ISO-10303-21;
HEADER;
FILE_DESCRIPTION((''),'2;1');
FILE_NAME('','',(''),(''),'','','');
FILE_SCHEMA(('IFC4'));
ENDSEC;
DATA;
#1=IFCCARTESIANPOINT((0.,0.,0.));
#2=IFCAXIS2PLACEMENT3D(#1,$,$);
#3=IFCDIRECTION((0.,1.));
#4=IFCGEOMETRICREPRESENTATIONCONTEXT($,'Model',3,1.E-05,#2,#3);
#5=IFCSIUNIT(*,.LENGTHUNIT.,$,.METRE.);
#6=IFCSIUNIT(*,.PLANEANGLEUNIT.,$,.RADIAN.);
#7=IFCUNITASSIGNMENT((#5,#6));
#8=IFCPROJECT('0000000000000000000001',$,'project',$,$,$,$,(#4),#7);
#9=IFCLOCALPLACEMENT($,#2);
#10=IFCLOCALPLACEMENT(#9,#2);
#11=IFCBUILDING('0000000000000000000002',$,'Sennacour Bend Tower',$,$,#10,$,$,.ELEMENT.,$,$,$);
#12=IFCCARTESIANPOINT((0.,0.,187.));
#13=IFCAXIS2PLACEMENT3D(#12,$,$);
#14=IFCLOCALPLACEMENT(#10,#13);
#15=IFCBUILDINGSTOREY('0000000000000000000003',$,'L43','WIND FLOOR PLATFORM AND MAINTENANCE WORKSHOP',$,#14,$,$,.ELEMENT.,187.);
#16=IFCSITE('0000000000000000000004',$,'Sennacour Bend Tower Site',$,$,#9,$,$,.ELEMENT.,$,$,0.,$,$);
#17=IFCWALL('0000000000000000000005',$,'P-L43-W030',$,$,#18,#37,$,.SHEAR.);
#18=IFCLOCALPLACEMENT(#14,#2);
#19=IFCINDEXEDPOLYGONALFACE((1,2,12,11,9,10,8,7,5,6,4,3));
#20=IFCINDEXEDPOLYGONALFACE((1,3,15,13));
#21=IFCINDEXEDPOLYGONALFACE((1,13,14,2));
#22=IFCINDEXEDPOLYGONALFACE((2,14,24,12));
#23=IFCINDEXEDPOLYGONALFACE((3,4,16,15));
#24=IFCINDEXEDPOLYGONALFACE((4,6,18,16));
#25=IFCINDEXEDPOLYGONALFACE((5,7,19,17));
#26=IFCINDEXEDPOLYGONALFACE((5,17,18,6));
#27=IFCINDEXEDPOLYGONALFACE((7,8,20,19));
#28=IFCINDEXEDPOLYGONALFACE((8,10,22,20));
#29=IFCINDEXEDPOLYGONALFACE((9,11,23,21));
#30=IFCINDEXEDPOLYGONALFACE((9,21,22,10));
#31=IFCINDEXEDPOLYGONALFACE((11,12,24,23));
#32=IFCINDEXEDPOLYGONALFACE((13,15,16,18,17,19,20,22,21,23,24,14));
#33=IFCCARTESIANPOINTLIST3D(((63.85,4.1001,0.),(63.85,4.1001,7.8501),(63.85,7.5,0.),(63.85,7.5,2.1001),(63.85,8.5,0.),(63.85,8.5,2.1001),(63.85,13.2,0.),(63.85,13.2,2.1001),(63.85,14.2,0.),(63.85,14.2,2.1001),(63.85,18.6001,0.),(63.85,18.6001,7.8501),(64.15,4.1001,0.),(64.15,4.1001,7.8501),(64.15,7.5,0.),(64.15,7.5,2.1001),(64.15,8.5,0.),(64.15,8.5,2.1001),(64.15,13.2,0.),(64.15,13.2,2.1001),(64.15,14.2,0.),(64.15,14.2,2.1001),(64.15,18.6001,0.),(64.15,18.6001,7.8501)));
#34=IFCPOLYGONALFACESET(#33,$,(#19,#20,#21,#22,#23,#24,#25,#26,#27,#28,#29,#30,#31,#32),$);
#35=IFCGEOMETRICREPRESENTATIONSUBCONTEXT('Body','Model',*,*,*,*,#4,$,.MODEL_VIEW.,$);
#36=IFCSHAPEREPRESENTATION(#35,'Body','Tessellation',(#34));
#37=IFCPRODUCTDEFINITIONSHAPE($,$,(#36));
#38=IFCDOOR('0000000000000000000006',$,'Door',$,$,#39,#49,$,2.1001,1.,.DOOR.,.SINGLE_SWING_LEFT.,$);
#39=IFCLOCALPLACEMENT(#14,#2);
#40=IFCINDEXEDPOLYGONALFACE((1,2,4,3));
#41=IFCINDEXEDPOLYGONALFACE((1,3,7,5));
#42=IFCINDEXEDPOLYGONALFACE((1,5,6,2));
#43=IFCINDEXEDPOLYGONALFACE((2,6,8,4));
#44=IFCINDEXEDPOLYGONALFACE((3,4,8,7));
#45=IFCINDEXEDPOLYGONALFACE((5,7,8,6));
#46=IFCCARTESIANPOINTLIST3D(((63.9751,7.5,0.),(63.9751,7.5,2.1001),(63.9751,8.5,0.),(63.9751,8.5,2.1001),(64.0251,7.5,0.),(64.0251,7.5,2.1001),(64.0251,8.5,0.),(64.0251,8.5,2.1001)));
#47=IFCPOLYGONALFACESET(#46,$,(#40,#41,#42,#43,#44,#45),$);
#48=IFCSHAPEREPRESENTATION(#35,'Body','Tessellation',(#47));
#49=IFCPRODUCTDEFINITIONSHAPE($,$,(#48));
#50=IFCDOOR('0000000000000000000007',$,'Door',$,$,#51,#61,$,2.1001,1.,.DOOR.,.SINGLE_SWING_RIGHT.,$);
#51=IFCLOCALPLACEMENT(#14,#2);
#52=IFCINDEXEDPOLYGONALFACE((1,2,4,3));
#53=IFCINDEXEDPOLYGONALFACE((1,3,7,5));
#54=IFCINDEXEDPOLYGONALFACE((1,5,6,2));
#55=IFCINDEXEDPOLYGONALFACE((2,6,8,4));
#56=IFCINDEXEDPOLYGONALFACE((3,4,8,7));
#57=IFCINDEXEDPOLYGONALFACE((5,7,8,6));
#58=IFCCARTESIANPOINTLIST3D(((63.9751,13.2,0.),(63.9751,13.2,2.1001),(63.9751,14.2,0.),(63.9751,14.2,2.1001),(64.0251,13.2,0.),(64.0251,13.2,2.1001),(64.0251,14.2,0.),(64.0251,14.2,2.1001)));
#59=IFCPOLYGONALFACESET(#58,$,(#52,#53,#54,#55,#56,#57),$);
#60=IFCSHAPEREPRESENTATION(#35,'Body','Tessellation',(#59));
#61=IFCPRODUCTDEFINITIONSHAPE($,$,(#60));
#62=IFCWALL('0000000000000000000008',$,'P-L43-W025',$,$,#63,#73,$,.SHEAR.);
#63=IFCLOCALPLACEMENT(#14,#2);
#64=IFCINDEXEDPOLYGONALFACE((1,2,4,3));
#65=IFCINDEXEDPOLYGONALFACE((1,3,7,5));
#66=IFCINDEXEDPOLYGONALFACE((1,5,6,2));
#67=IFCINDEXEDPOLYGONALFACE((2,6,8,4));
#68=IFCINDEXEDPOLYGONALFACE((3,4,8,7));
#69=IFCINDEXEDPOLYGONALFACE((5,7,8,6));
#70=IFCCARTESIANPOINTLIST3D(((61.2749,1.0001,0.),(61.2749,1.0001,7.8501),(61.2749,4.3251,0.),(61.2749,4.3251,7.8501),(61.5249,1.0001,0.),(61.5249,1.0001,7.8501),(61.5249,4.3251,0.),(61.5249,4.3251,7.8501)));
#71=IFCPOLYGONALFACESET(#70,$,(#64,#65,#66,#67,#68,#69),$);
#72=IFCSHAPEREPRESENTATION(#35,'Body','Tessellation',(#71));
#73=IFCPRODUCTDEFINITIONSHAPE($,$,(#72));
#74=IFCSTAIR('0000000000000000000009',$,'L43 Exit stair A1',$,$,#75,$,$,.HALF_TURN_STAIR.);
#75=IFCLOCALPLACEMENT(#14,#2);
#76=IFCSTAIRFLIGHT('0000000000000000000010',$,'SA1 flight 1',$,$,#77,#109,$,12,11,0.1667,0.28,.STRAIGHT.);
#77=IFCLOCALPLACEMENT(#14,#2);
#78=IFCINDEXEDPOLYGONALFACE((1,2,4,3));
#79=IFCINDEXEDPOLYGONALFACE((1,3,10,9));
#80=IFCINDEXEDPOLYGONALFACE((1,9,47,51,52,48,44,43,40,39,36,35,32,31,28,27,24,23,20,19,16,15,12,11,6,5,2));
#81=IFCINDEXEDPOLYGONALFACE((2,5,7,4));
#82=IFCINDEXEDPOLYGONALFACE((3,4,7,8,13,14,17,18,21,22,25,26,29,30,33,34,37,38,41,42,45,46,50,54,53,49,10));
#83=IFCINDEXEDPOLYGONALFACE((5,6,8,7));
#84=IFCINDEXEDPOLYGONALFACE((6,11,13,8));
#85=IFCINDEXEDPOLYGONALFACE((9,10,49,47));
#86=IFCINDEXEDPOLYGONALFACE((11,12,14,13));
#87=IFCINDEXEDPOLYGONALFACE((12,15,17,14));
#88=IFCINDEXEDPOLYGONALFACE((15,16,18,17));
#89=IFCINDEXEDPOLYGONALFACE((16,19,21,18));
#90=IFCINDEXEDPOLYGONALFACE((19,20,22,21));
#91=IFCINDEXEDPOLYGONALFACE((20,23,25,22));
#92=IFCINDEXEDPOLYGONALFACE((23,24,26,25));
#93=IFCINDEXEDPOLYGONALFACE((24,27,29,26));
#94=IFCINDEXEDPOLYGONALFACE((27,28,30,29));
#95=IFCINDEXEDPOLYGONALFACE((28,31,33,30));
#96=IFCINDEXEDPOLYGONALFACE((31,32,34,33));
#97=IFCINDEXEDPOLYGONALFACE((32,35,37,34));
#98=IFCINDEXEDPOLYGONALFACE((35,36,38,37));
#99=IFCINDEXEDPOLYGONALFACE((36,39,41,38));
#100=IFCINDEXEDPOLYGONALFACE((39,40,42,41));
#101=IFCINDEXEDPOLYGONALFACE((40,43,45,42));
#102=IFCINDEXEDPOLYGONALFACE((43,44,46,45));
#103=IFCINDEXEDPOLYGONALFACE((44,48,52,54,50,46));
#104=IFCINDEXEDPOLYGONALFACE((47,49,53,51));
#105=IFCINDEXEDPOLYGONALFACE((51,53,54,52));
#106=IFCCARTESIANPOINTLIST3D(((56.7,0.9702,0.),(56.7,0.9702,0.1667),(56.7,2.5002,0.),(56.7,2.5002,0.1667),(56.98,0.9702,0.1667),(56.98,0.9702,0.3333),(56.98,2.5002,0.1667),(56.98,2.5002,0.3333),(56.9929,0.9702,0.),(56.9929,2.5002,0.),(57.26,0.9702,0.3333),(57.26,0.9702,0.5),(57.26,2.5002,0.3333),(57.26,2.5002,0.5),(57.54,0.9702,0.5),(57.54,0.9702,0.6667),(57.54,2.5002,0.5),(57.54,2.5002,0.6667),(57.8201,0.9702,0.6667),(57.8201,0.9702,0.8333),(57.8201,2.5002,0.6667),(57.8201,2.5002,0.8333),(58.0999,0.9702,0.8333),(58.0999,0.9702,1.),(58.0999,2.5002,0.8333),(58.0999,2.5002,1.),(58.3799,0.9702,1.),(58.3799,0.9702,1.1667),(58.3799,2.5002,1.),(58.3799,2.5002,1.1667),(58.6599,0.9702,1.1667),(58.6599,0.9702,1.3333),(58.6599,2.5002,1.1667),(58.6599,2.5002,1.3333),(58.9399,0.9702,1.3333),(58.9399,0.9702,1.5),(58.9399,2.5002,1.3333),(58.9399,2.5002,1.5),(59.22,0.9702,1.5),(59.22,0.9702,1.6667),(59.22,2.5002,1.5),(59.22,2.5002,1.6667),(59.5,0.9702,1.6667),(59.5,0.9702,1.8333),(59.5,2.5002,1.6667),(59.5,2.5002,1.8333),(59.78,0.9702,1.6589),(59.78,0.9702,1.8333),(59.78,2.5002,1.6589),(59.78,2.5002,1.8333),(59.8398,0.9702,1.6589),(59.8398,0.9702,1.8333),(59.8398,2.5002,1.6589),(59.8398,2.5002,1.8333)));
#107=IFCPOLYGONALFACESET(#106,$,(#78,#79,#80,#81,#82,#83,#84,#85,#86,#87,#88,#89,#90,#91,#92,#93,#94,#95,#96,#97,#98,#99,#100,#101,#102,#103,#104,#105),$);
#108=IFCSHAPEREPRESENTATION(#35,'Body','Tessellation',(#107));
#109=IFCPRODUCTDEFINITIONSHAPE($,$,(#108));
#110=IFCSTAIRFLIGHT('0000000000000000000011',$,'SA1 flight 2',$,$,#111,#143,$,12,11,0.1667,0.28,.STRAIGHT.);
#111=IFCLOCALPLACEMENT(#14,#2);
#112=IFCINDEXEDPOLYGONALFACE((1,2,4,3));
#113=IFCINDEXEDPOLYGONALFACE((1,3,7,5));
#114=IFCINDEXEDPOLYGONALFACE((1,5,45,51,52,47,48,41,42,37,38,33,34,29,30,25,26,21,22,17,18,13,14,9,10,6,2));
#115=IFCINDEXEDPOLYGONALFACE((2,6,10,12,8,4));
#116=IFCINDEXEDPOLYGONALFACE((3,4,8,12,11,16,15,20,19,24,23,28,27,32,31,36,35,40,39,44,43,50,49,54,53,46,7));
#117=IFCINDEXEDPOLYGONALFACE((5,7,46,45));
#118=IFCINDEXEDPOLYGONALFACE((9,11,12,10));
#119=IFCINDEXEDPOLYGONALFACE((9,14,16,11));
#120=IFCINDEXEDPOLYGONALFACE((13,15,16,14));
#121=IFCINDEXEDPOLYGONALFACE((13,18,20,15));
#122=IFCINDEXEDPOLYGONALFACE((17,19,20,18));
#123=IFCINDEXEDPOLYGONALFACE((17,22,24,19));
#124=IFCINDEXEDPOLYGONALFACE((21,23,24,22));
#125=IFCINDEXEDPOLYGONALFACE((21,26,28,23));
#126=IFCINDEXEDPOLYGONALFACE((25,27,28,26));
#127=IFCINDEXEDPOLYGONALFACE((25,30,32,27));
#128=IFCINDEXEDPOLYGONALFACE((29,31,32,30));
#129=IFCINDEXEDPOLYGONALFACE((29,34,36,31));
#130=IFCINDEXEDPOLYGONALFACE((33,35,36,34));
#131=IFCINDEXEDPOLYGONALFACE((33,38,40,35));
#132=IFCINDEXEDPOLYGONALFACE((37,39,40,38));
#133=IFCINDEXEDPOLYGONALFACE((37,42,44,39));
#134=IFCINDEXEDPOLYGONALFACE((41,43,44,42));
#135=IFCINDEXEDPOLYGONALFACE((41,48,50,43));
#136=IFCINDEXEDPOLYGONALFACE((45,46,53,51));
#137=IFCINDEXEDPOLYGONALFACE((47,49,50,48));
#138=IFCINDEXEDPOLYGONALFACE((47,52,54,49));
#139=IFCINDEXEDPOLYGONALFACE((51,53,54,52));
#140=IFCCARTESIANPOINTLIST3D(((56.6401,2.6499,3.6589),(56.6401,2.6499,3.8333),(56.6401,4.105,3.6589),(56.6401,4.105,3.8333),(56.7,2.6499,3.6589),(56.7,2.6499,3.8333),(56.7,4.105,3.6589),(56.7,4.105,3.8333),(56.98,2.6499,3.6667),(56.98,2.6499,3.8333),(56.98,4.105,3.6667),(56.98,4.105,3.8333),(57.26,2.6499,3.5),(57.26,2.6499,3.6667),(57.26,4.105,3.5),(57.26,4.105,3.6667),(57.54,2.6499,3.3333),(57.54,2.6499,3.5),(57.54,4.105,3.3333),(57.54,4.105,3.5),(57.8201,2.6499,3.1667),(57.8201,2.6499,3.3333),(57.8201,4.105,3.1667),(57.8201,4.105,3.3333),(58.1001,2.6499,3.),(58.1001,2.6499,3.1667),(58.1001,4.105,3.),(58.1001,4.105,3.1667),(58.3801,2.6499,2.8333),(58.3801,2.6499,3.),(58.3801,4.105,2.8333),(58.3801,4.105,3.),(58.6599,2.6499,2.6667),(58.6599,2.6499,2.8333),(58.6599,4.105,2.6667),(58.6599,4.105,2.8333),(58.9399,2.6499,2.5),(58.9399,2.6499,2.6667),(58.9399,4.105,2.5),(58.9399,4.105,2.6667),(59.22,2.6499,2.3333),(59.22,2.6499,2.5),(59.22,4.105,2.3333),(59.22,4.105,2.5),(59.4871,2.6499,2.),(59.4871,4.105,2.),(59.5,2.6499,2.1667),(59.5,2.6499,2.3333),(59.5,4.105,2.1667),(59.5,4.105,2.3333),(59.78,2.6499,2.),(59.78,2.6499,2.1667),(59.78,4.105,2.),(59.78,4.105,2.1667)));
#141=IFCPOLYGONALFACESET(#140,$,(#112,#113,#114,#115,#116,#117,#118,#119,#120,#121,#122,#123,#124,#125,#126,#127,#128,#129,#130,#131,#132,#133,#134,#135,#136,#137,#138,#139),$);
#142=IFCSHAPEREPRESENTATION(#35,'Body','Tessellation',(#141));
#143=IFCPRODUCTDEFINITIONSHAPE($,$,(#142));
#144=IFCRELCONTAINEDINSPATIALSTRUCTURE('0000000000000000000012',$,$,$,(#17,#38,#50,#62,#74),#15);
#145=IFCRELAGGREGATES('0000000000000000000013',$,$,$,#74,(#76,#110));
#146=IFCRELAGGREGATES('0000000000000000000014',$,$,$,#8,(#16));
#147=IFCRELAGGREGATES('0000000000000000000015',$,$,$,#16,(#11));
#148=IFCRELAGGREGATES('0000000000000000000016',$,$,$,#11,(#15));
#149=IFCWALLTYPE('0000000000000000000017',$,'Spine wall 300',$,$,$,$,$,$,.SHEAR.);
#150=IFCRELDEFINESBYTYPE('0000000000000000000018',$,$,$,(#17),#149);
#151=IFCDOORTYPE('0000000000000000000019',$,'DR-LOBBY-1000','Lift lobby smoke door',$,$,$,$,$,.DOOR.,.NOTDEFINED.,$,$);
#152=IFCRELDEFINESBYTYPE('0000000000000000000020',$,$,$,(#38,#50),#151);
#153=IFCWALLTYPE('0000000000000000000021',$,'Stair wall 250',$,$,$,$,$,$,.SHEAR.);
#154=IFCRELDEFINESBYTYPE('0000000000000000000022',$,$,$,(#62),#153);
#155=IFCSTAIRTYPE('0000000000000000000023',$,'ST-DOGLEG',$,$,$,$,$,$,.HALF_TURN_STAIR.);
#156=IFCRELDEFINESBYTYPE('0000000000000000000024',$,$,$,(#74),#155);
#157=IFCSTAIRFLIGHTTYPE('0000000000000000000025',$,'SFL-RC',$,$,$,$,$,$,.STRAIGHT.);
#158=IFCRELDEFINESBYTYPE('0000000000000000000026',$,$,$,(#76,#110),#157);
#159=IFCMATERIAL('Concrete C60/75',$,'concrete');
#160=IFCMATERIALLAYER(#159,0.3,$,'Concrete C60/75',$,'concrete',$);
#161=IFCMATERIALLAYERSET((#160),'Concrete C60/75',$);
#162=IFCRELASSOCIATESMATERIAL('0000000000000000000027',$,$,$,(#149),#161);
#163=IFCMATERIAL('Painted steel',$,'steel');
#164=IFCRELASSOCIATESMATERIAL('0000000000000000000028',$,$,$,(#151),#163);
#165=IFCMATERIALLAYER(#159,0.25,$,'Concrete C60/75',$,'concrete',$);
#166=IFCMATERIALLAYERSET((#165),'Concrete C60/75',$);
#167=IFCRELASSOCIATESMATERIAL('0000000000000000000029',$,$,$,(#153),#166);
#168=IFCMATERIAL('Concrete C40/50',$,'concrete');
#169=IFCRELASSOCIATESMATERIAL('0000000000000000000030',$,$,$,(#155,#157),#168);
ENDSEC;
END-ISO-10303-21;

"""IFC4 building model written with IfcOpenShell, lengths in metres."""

from ifc_helpers import new_model, si_unit, direction, frame, frame_2d, origin, place, context, subcontext, project, spatial, polyline, rectangle, outline, extrude, material, layer, layer_set, type_object, element, fill, aggregate, save


model = new_model("IFC4")

# Units and contexts
model_context = context("Model", 3, precision=1e-05, world=origin(), true_north=direction((0.0, 1.0)))
body_context = subcontext(model_context, "Body", "Model", "MODEL_VIEW")
ifc_project = project(units=[si_unit("LENGTHUNIT", "METRE"), si_unit("PLANEANGLEUNIT", "RADIAN")], contexts=[model_context])

# Site, building, storey
site_placement = place(None, origin())
site = spatial("IfcSite", under=ifc_project, at=site_placement, Name="Sennacour Bend Tower Site", CompositionType="ELEMENT", RefElevation=0.0)
building_placement = place(site_placement, origin())
building = spatial("IfcBuilding", under=site, at=building_placement, Name="Sennacour Bend Tower", CompositionType="ELEMENT")
storey_placement = place(building_placement, frame((0.0, 0.0, 187.0)))
storey = spatial("IfcBuildingStorey", under=building, at=storey_placement, Name="L43", Description="WIND FLOOR PLATFORM AND MAINTENANCE WORKSHOP", CompositionType="ELEMENT", Elevation=187.0)

# Shared definitions
ifc_material_1 = material(Name="Concrete C60/75", Category="concrete")

# Shared definitions
ifc_material_2 = material(Name="Painted steel", Category="steel")

# Wall, openings, doors
ifc_layer_1 = layer(ifc_material_1, 0.3, Name="Concrete C60/75", Category="concrete")
ifc_layer_set_1 = layer_set([ifc_layer_1], Name="Concrete C60/75")
wall_type_1 = type_object("IfcWallType", Name="Spine wall 300", PredefinedType="SHEAR", material=ifc_layer_set_1)
wall_1_placement = place(storey_placement, frame((64.0, 4.1001, 0.0), z_axis=(0.0, 0.0, 1.0), x_axis=(0.0, 1.0, 0.0)))
wall_1 = element("IfcWall", 1, at=wall_1_placement, inside=storey, type_object=wall_type_1, Name="P-L43-W030", PredefinedType="SHEAR", context=body_context, shape_type="SweptSolid", body=[
    extrude(rectangle(XDim=14.5, YDim=0.3, at=frame_2d((7.25, 0.0))), origin(), (0.0, 0.0, 1.0), 7.8501),
])
opening_1_placement = place(wall_1_placement, frame((3.3999, 0.0, 0.0)))
opening_1 = element("IfcOpeningElement", 2, at=opening_1_placement, cuts=wall_1, PredefinedType="OPENING", context=body_context, shape_type="SweptSolid", body=[
    extrude(rectangle(XDim=1.0, YDim=2.1001, at=frame_2d((0.5, 1.05))), frame((0.0, 0.1602, 0.0), z_axis=(0.0, -1.0, 0.0), x_axis=(1.0, 0.0, 0.0)), (0.0, 0.0, 1.0), 0.3201),
])
opening_2_placement = place(wall_1_placement, frame((9.0999, 0.0, 0.0)))
opening_2 = element("IfcOpeningElement", 3, at=opening_2_placement, cuts=wall_1, PredefinedType="OPENING", context=body_context, shape_type="SweptSolid", body=[
    extrude(rectangle(XDim=1.0, YDim=2.1001, at=frame_2d((0.5, 1.05))), frame((0.0, 0.1602, 0.0), z_axis=(0.0, -1.0, 0.0), x_axis=(1.0, 0.0, 0.0)), (0.0, 0.0, 1.0), 0.3201),
])
door_type_1 = type_object("IfcDoorType", Name="DR-LOBBY-1000", Description="Lift lobby smoke door", OperationType="NOTDEFINED", PredefinedType="DOOR", material=ifc_material_2)
door_1_placement = place(opening_1_placement, origin())
door_1 = element("IfcDoor", 4, at=door_1_placement, inside=storey, type_object=door_type_1, Name="Door", OperationType="SINGLE_SWING_LEFT", OverallHeight=2.1001, OverallWidth=1.0, PredefinedType="DOOR", context=body_context, shape_type="SweptSolid", body=[
    extrude(rectangle(XDim=1.0, YDim=2.1001, at=frame_2d((0.5, 1.05))), frame((0.0, 0.0249, 0.0), z_axis=(0.0, -1.0, 0.0), x_axis=(1.0, 0.0, 0.0)), (0.0, 0.0, 1.0), 0.05),
])
fill(opening_1, door_1)
door_2_placement = place(opening_2_placement, origin())
door_2 = element("IfcDoor", 5, at=door_2_placement, inside=storey, type_object=door_type_1, Name="Door", OperationType="SINGLE_SWING_RIGHT", OverallHeight=2.1001, OverallWidth=1.0, PredefinedType="DOOR", context=body_context, shape_type="SweptSolid", body=[
    extrude(rectangle(XDim=1.0, YDim=2.1001, at=frame_2d((0.5, 1.05))), frame((0.0, 0.0249, 0.0), z_axis=(0.0, -1.0, 0.0), x_axis=(1.0, 0.0, 0.0)), (0.0, 0.0, 1.0), 0.05),
])
fill(opening_2, door_2)

# Wall
ifc_layer_2 = layer(ifc_material_1, 0.25, Name="Concrete C60/75", Category="concrete")
ifc_layer_set_2 = layer_set([ifc_layer_2], Name="Concrete C60/75")
wall_type_2 = type_object("IfcWallType", Name="Stair wall 250", PredefinedType="SHEAR", material=ifc_layer_set_2)
wall_2_placement = place(storey_placement, frame((61.3999, 1.0, 0.0), z_axis=(0.0, 0.0, 1.0), x_axis=(0.0, 1.0, 0.0)))
element("IfcWall", 6, at=wall_2_placement, inside=storey, type_object=wall_type_2, Name="P-L43-W025", PredefinedType="SHEAR", context=body_context, shape_type="SweptSolid", body=[
    extrude(rectangle(XDim=3.325, YDim=0.25, at=frame_2d((1.6626, 0.0))), origin(), (0.0, 0.0, 1.0), 7.8501),
])

# Stair, stair flights
ifc_material_3 = material(Name="Concrete C40/50", Category="concrete")
stair_type = type_object("IfcStairType", Name="ST-DOGLEG", PredefinedType="HALF_TURN_STAIR", material=ifc_material_3)
stair_placement = place(storey_placement, origin())
stair = element("IfcStair", 7, at=stair_placement, inside=storey, type_object=stair_type, Name="L43 Exit stair A1", PredefinedType="HALF_TURN_STAIR")
stair_flight_type = type_object("IfcStairFlightType", Name="SFL-RC", PredefinedType="STRAIGHT", material=ifc_material_3)
stair_flight_1_placement = place(storey_placement, frame((56.7, 1.7351, 0.0), z_axis=(0.0, 0.0, 1.0), x_axis=(1.0, 0.0, 0.0)))
stair_flight_1 = element("IfcStairFlight", 8, at=stair_flight_1_placement, type_object=stair_flight_type, Name="SA1 flight 1", NumberOfRisers=12, NumberOfTreads=11, PredefinedType="STRAIGHT", RiserHeight=0.1667, TreadLength=0.28, context=body_context, shape_type="SweptSolid", body=[
    extrude(outline(polyline([(0.0, 0.0), (0.0, 0.1667), (0.28, 0.1667), (0.28, 0.3333), (0.5601, 0.3333), (0.5601, 0.5), (0.8401, 0.5), (0.8401, 0.6667), (1.1201, 0.6667), (1.1201, 0.8333), (1.3999, 0.8333), (1.3999, 1.0), (1.6799, 1.0), (1.6799, 1.1667), (1.96, 1.1667), (1.96, 1.3333), (2.24, 1.3333), (2.24, 1.5), (2.52, 1.5), (2.52, 1.6667), (2.8, 1.6667), (2.8, 1.8333), (3.0801, 1.8333), (3.1399, 1.8333), (3.1399, 1.6589), (3.0801, 1.6589), (0.293, 0.0), (0.0, 0.0)])), frame((0.0, 0.7651, 0.0), z_axis=(0.0, -1.0, 0.0), x_axis=(1.0, 0.0, 0.0)), (0.0, 0.0, 1.0), 1.53),
])
stair_flight_2_placement = place(storey_placement, frame((59.78, 3.3774, 2.0), z_axis=(0.0, 0.0, 1.0), x_axis=(-1.0, 0.0, 0.0)))
stair_flight_2 = element("IfcStairFlight", 9, at=stair_flight_2_placement, type_object=stair_flight_type, Name="SA1 flight 2", NumberOfRisers=12, NumberOfTreads=11, PredefinedType="STRAIGHT", RiserHeight=0.1667, TreadLength=0.28, context=body_context, shape_type="SweptSolid", body=[
    extrude(outline(polyline([(0.0, 0.0), (0.0, 0.1667), (0.28, 0.1667), (0.28, 0.3333), (0.5601, 0.3333), (0.5601, 0.5), (0.8401, 0.5), (0.8401, 0.6667), (1.1201, 0.6667), (1.1201, 0.8333), (1.3999, 0.8333), (1.3999, 1.0), (1.6799, 1.0), (1.6799, 1.1667), (1.96, 1.1667), (1.96, 1.3333), (2.24, 1.3333), (2.24, 1.5), (2.52, 1.5), (2.52, 1.6667), (2.8, 1.6667), (2.8, 1.8333), (3.0801, 1.8333), (3.1399, 1.8333), (3.1399, 1.6589), (3.0801, 1.6589), (0.293, 0.0), (0.0, 0.0)])), frame((0.0, 0.7275, 0.0), z_axis=(0.0, -1.0, 0.0), x_axis=(1.0, 0.0, 0.0)), (0.0, 0.0, 1.0), 1.4551),
])
aggregate(stair, [stair_flight_1, stair_flight_2])

save(model, "model.ifc")
